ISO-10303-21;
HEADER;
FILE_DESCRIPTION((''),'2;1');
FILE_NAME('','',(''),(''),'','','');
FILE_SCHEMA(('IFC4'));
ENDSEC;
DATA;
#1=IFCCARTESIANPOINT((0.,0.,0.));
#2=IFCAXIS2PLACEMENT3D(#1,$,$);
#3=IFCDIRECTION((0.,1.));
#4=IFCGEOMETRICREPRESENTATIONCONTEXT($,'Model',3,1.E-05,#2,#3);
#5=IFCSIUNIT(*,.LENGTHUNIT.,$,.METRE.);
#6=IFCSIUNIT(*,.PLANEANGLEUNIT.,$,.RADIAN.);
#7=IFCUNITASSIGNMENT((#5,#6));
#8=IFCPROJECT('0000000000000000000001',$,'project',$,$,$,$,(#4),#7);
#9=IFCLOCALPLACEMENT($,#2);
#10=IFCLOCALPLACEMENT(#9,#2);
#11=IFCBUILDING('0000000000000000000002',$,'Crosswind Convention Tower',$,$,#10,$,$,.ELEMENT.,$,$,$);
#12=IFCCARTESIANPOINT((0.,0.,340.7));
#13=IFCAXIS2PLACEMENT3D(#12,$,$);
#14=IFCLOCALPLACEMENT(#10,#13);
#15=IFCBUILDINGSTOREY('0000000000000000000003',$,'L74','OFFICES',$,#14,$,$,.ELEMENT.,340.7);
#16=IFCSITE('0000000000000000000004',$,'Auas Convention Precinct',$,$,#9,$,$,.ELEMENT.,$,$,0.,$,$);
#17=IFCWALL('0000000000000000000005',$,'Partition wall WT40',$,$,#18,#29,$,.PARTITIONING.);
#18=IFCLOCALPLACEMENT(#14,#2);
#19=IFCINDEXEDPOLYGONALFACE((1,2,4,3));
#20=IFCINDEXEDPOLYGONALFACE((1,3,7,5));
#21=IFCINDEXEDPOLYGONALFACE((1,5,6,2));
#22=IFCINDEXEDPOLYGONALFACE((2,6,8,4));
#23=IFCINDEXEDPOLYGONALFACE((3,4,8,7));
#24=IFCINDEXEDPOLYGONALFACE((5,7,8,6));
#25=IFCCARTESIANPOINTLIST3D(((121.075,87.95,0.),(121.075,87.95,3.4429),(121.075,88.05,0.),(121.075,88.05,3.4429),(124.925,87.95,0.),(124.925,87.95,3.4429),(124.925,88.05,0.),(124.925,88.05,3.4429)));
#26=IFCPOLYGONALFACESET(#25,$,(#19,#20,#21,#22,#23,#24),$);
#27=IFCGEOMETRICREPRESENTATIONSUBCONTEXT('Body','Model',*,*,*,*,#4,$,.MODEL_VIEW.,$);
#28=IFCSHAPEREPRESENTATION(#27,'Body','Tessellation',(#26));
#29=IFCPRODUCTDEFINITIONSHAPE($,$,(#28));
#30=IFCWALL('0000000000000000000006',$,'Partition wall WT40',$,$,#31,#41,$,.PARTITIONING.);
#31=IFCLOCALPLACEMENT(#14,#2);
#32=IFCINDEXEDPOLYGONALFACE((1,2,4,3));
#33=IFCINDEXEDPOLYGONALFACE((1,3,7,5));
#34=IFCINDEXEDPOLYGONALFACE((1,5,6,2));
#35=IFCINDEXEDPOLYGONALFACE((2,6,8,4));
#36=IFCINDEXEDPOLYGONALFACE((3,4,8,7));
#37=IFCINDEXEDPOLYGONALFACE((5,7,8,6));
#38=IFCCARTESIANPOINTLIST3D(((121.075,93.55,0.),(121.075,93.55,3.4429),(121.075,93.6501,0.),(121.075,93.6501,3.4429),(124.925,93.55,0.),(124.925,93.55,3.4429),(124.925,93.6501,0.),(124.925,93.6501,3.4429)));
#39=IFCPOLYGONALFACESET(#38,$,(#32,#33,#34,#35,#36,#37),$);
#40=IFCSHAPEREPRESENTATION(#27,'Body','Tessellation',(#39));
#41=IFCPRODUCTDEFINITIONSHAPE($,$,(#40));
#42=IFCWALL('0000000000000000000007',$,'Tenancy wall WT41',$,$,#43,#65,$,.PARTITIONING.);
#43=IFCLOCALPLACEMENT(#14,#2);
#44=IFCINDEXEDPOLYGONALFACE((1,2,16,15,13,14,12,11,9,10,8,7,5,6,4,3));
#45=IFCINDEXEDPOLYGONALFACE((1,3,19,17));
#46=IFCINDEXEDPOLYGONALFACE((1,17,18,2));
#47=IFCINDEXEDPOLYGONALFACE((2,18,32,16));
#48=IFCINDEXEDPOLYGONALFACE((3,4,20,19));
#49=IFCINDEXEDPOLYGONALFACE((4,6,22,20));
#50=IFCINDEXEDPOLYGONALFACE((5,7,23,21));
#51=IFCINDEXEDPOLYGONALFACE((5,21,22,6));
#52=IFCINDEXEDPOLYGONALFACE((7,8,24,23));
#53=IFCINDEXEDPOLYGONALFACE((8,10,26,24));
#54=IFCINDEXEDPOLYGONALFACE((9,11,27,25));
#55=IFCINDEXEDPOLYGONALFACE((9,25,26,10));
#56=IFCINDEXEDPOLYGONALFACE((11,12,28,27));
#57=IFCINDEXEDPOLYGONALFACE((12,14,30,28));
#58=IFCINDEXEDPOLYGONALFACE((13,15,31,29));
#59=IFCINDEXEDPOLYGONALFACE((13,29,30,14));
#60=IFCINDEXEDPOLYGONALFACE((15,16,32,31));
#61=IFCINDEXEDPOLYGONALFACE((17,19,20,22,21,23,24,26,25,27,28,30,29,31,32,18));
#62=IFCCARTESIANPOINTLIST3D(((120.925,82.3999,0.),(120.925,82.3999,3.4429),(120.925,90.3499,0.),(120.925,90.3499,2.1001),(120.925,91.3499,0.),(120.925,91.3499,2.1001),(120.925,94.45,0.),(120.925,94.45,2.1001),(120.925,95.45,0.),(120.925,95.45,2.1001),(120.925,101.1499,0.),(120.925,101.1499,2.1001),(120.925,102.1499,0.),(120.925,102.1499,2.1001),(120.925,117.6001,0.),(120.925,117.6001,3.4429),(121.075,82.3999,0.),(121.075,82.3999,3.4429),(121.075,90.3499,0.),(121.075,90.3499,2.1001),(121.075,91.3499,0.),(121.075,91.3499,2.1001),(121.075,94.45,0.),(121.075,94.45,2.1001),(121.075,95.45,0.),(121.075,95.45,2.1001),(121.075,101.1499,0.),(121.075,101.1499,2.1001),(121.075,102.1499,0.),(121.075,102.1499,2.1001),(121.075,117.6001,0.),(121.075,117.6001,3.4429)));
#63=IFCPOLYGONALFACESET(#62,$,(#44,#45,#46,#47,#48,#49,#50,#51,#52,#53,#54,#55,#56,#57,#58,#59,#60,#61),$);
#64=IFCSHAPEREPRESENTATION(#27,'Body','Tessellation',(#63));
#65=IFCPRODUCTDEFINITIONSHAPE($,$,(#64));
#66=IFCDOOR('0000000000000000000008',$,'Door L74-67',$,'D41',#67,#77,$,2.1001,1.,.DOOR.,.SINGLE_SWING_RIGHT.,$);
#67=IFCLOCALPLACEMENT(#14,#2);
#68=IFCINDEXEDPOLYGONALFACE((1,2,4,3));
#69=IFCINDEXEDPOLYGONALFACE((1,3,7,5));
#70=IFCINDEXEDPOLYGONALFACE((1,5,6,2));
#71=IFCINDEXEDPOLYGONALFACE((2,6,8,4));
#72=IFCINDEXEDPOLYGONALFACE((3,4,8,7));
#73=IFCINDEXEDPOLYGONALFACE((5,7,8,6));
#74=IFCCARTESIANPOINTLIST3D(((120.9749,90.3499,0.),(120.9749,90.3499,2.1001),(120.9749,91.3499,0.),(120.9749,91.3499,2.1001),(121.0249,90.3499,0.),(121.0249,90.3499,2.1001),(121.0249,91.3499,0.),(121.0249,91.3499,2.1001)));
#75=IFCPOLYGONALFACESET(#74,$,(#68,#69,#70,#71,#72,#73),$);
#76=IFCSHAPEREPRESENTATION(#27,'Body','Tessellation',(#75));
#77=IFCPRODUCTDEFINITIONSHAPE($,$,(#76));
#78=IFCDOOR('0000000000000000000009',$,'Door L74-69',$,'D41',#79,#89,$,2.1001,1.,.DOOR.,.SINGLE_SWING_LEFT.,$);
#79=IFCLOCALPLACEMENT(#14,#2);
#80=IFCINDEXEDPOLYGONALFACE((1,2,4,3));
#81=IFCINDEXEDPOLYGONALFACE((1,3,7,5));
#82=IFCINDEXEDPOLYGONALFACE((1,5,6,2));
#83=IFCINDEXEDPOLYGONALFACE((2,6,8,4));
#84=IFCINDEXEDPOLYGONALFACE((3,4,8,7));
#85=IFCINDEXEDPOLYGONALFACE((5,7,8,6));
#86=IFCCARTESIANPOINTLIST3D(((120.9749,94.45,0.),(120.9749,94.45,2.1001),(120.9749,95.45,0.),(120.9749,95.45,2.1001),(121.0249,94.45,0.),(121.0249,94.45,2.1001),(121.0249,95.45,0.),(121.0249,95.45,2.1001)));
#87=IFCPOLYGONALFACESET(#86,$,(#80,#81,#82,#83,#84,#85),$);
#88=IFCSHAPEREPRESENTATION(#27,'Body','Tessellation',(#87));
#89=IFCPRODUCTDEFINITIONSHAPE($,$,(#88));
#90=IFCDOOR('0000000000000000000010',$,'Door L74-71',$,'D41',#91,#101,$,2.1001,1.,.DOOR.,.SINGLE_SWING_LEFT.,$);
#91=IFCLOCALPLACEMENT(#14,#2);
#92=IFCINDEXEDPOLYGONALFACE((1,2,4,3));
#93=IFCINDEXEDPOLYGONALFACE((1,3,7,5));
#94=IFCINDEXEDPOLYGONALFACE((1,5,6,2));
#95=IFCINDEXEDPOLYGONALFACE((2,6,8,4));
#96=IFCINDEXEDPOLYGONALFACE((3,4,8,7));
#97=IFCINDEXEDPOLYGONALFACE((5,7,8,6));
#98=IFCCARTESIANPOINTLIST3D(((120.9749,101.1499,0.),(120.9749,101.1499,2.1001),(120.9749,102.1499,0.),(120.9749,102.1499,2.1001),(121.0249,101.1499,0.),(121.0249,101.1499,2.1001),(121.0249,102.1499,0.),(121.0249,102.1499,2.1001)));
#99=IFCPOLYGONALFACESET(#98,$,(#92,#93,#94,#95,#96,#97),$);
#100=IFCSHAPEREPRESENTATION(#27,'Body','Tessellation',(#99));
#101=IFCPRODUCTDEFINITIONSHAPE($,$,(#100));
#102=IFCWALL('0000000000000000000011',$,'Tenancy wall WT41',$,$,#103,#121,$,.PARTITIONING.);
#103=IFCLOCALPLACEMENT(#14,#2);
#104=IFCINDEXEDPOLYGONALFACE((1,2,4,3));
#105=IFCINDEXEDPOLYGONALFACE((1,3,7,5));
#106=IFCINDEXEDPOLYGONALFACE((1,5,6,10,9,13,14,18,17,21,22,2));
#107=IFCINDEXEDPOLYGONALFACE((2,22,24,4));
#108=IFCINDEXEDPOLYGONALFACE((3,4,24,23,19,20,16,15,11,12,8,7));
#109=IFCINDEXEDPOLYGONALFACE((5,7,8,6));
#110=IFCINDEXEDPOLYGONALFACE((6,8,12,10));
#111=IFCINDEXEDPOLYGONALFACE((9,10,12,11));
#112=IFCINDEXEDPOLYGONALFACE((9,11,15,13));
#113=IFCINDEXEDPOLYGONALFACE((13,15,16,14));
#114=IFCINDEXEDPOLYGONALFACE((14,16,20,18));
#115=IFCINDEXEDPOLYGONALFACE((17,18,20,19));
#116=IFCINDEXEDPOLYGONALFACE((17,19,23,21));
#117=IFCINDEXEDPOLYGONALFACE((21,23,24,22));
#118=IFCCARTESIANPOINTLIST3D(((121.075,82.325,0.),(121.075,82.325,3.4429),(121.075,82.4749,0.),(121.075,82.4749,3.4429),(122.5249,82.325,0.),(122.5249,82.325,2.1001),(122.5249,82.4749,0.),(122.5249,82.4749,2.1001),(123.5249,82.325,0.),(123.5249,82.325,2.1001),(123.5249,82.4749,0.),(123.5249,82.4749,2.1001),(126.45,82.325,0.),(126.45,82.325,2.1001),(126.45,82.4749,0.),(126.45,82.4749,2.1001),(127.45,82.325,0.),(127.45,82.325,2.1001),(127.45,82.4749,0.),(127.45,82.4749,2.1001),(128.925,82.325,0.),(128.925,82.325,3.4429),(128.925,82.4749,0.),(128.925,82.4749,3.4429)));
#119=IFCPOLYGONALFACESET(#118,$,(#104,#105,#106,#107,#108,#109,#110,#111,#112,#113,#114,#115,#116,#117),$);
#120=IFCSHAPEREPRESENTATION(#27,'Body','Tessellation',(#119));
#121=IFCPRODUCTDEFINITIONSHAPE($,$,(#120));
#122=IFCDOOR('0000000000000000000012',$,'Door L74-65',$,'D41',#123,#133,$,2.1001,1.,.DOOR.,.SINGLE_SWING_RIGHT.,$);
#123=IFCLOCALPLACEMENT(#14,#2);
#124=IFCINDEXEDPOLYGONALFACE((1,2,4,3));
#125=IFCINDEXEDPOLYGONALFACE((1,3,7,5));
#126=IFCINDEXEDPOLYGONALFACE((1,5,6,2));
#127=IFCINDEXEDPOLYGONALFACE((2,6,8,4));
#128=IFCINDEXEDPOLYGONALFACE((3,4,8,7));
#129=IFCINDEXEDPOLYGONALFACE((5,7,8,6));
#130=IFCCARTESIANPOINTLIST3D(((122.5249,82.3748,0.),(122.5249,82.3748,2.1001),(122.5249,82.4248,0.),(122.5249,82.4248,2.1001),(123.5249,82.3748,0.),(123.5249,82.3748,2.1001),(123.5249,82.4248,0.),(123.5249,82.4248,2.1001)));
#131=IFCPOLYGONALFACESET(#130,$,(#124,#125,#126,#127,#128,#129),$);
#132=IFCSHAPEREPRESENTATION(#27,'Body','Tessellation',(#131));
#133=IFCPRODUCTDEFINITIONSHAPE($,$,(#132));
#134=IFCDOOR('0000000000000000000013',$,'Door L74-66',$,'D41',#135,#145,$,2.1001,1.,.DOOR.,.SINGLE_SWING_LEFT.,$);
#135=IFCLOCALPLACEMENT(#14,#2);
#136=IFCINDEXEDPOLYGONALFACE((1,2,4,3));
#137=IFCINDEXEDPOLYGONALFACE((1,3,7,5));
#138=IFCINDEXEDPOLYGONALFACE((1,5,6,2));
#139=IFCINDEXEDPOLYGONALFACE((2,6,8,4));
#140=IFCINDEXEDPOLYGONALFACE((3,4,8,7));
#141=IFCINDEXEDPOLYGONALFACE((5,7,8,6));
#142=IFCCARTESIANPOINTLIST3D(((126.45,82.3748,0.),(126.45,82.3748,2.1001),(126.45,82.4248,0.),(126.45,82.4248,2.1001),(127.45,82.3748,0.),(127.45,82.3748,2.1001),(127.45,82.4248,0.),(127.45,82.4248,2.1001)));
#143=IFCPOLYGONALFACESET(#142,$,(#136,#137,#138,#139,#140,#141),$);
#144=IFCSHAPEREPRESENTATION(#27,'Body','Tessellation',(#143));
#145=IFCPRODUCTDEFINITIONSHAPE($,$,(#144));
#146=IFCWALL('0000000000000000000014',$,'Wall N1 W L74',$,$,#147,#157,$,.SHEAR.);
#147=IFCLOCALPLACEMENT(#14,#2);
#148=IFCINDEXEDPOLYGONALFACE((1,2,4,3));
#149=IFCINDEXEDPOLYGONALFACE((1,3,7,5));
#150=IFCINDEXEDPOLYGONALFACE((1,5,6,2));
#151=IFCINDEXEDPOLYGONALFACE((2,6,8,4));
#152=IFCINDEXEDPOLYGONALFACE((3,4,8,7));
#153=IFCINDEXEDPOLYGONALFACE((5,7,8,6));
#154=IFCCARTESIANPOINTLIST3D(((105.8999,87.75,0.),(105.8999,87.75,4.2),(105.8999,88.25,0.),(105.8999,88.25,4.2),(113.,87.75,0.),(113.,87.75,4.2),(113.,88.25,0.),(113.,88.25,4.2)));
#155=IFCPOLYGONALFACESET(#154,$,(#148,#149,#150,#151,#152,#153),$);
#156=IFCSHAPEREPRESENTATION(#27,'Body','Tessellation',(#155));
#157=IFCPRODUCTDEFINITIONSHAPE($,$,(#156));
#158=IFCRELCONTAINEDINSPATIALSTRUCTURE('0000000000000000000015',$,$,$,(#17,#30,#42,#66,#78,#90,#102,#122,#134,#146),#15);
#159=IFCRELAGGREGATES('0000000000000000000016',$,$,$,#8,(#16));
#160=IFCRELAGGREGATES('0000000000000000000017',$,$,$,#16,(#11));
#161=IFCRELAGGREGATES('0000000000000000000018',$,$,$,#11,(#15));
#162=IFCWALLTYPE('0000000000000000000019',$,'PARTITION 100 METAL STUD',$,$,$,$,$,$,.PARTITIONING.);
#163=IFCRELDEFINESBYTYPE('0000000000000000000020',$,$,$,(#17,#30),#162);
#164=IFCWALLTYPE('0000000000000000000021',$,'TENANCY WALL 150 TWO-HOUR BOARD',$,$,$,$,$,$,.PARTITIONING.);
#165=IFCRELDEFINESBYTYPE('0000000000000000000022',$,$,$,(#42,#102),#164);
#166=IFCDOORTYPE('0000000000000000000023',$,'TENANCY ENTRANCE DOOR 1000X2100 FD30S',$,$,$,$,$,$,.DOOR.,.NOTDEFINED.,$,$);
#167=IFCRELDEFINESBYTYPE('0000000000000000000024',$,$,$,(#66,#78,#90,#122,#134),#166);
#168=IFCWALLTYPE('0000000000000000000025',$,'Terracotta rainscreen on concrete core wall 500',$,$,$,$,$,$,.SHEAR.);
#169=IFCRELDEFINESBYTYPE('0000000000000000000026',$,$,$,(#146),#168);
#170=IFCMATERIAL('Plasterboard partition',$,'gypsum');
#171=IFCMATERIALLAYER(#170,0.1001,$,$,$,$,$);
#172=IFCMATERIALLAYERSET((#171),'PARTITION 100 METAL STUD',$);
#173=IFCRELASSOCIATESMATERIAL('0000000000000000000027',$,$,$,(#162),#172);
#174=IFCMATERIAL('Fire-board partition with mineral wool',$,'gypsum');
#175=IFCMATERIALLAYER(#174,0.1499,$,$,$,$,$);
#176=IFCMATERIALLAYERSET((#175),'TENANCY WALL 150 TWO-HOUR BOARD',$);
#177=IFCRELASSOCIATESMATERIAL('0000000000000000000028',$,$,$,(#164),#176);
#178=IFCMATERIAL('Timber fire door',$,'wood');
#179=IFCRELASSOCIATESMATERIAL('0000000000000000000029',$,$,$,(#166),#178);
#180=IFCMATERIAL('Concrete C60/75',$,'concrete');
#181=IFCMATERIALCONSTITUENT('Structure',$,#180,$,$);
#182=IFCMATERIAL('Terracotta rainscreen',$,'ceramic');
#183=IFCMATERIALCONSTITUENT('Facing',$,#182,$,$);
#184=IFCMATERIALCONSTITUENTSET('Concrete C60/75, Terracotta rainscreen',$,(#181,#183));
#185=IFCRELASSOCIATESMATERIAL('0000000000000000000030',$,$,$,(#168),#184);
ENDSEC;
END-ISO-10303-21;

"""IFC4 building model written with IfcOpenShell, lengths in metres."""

from ifc_helpers import new_model, si_unit, direction, frame, frame_2d, origin, place, context, subcontext, project, spatial, rectangle, extrude, material, layer, layer_set, constituent, constituent_set, type_object, element, fill, save


model = new_model("IFC4")

# Units and contexts
model_context = context("Model", 3, precision=1e-05, world=origin(), true_north=direction((0.0, 1.0)))
body_context = subcontext(model_context, "Body", "Model", "MODEL_VIEW")
ifc_project = project(units=[si_unit("LENGTHUNIT", "METRE"), si_unit("PLANEANGLEUNIT", "RADIAN")], contexts=[model_context])

# Site, building, storey
site_placement = place(None, origin())
site = spatial("IfcSite", under=ifc_project, at=site_placement, Name="Auas Convention Precinct", CompositionType="ELEMENT", RefElevation=0.0)
building_placement = place(site_placement, origin())
building = spatial("IfcBuilding", under=site, at=building_placement, Name="Crosswind Convention Tower", CompositionType="ELEMENT")
storey_placement = place(building_placement, frame((0.0, 0.0, 340.7)))
storey = spatial("IfcBuildingStorey", under=building, at=storey_placement, Name="L74", Description="OFFICES", CompositionType="ELEMENT", Elevation=340.7)

# Shared definitions
ifc_material_1 = material(Name="Concrete C60/75", Category="concrete")

# Walls
ifc_material_2 = material(Name="Plasterboard partition", Category="gypsum")
ifc_layer_1 = layer(ifc_material_2, 0.1001)
ifc_layer_set_1 = layer_set([ifc_layer_1], Name="PARTITION 100 METAL STUD")
wall_type_1 = type_object("IfcWallType", Name="PARTITION 100 METAL STUD", PredefinedType="PARTITIONING", material=ifc_layer_set_1)
for number, where, z_axis, x_axis, name in (
    (1, (121.075, 88.0, 0.0), (0.0, 0.0, 1.0), (1.0, 0.0, 0.0), "Partition wall WT40"),
    (2, (121.075, 93.6001, 0.0), (0.0, 0.0, 1.0), (1.0, 0.0, 0.0), "Partition wall WT40"),
):
    element("IfcWall", number, at=place(storey_placement, frame(where, z_axis=z_axis, x_axis=x_axis)), inside=storey, type_object=wall_type_1, Name=name, PredefinedType="PARTITIONING", context=body_context, shape_type="SweptSolid", body=[
        extrude(rectangle(XDim=3.8501, YDim=0.1001, at=frame_2d((1.925, 0.0))), origin(), (0.0, 0.0, 1.0), 3.4429),
    ])

# Walls, openings, doors
ifc_material_3 = material(Name="Fire-board partition with mineral wool", Category="gypsum")
ifc_layer_2 = layer(ifc_material_3, 0.1499)
ifc_layer_set_2 = layer_set([ifc_layer_2], Name="TENANCY WALL 150 TWO-HOUR BOARD")
wall_type_2 = type_object("IfcWallType", Name="TENANCY WALL 150 TWO-HOUR BOARD", PredefinedType="PARTITIONING", material=ifc_layer_set_2)
wall_1_placement = place(storey_placement, frame((121.0, 82.3999, 0.0), z_axis=(0.0, 0.0, 1.0), x_axis=(0.0, 1.0, 0.0)))
wall_1 = element("IfcWall", 3, at=wall_1_placement, inside=storey, type_object=wall_type_2, Name="Tenancy wall WT41", PredefinedType="PARTITIONING", context=body_context, shape_type="SweptSolid", body=[
    extrude(rectangle(XDim=35.2002, YDim=0.1499, at=frame_2d((17.6001, 0.0))), origin(), (0.0, 0.0, 1.0), 3.4429),
])
opening_1_placement = place(wall_1_placement, frame((7.95, 0.0, 0.0)))
opening_1 = element("IfcOpeningElement", 4, at=opening_1_placement, cuts=wall_1, PredefinedType="OPENING", context=body_context, shape_type="SweptSolid", body=[
    extrude(rectangle(XDim=1.0, YDim=2.1001, at=frame_2d((0.5, 1.05))), frame((0.0, 0.085, 0.0), z_axis=(0.0, -1.0, 0.0), x_axis=(1.0, 0.0, 0.0)), (0.0, 0.0, 1.0), 0.1699),
])
opening_2_placement = place(wall_1_placement, frame((12.05, 0.0, 0.0)))
opening_2 = element("IfcOpeningElement", 5, at=opening_2_placement, cuts=wall_1, PredefinedType="OPENING", context=body_context, shape_type="SweptSolid", body=[
    extrude(rectangle(XDim=1.0, YDim=2.1001, at=frame_2d((0.5, 1.05))), frame((0.0, 0.085, 0.0), z_axis=(0.0, -1.0, 0.0), x_axis=(1.0, 0.0, 0.0)), (0.0, 0.0, 1.0), 0.1699),
])
opening_3_placement = place(wall_1_placement, frame((18.75, 0.0, 0.0)))
opening_3 = element("IfcOpeningElement", 6, at=opening_3_placement, cuts=wall_1, PredefinedType="OPENING", context=body_context, shape_type="SweptSolid", body=[
    extrude(rectangle(XDim=1.0, YDim=2.1001, at=frame_2d((0.5, 1.05))), frame((0.0, 0.085, 0.0), z_axis=(0.0, -1.0, 0.0), x_axis=(1.0, 0.0, 0.0)), (0.0, 0.0, 1.0), 0.1699),
])
ifc_material_4 = material(Name="Timber fire door", Category="wood")
door_type = type_object("IfcDoorType", Name="TENANCY ENTRANCE DOOR 1000X2100 FD30S", OperationType="NOTDEFINED", PredefinedType="DOOR", material=ifc_material_4)
door_1_placement = place(opening_1_placement, frame((1.0, 0.0, 0.0), z_axis=(0.0, 0.0, 1.0), x_axis=(-1.0, 0.0, 0.0)))
door_1 = element("IfcDoor", 7, at=door_1_placement, inside=storey, type_object=door_type, Name="Door L74-67", ObjectType="D41", OperationType="SINGLE_SWING_RIGHT", OverallHeight=2.1001, OverallWidth=1.0, PredefinedType="DOOR", context=body_context, shape_type="SweptSolid", body=[
    extrude(rectangle(XDim=1.0, YDim=2.1001, at=frame_2d((0.5, 1.05))), frame((0.0, 0.0249, 0.0), z_axis=(0.0, -1.0, 0.0), x_axis=(1.0, 0.0, 0.0)), (0.0, 0.0, 1.0), 0.05),
])
fill(opening_1, door_1)
door_2_placement = place(opening_2_placement, frame((1.0, 0.0, 0.0), z_axis=(0.0, 0.0, 1.0), x_axis=(-1.0, 0.0, 0.0)))
door_2 = element("IfcDoor", 8, at=door_2_placement, inside=storey, type_object=door_type, Name="Door L74-69", ObjectType="D41", OperationType="SINGLE_SWING_LEFT", OverallHeight=2.1001, OverallWidth=1.0, PredefinedType="DOOR", context=body_context, shape_type="SweptSolid", body=[
    extrude(rectangle(XDim=1.0, YDim=2.1001, at=frame_2d((0.5, 1.05))), frame((0.0, 0.0249, 0.0), z_axis=(0.0, -1.0, 0.0), x_axis=(1.0, 0.0, 0.0)), (0.0, 0.0, 1.0), 0.05),
])
fill(opening_2, door_2)
door_3_placement = place(opening_3_placement, frame((1.0, 0.0, 0.0), z_axis=(0.0, 0.0, 1.0), x_axis=(-1.0, 0.0, 0.0)))
door_3 = element("IfcDoor", 9, at=door_3_placement, inside=storey, type_object=door_type, Name="Door L74-71", ObjectType="D41", OperationType="SINGLE_SWING_LEFT", OverallHeight=2.1001, OverallWidth=1.0, PredefinedType="DOOR", context=body_context, shape_type="SweptSolid", body=[
    extrude(rectangle(XDim=1.0, YDim=2.1001, at=frame_2d((0.5, 1.05))), frame((0.0, 0.0249, 0.0), z_axis=(0.0, -1.0, 0.0), x_axis=(1.0, 0.0, 0.0)), (0.0, 0.0, 1.0), 0.05),
])
fill(opening_3, door_3)
wall_2_placement = place(storey_placement, frame((121.075, 82.3999, 0.0), z_axis=(0.0, 0.0, 1.0), x_axis=(1.0, 0.0, 0.0)))
wall_2 = element("IfcWall", 10, at=wall_2_placement, inside=storey, type_object=wall_type_2, Name="Tenancy wall WT41", PredefinedType="PARTITIONING", context=body_context, shape_type="SweptSolid", body=[
    extrude(rectangle(XDim=7.8501, YDim=0.1499, at=frame_2d((3.925, 0.0))), origin(), (0.0, 0.0, 1.0), 3.4429),
])
opening_4_placement = place(wall_2_placement, frame((1.45, 0.0, 0.0)))
opening_4 = element("IfcOpeningElement", 11, at=opening_4_placement, cuts=wall_2, PredefinedType="OPENING", context=body_context, shape_type="SweptSolid", body=[
    extrude(rectangle(XDim=1.0, YDim=2.1001, at=frame_2d((0.5, 1.05))), frame((0.0, 0.085, 0.0), z_axis=(0.0, -1.0, 0.0), x_axis=(1.0, 0.0, 0.0)), (0.0, 0.0, 1.0), 0.1699),
])
opening_5_placement = place(wall_2_placement, frame((5.375, 0.0, 0.0)))
opening_5 = element("IfcOpeningElement", 12, at=opening_5_placement, cuts=wall_2, PredefinedType="OPENING", context=body_context, shape_type="SweptSolid", body=[
    extrude(rectangle(XDim=1.0, YDim=2.1001, at=frame_2d((0.5, 1.05))), frame((0.0, 0.085, 0.0), z_axis=(0.0, -1.0, 0.0), x_axis=(1.0, 0.0, 0.0)), (0.0, 0.0, 1.0), 0.1699),
])
door_4_placement = place(opening_4_placement, origin())
door_4 = element("IfcDoor", 13, at=door_4_placement, inside=storey, type_object=door_type, Name="Door L74-65", ObjectType="D41", OperationType="SINGLE_SWING_RIGHT", OverallHeight=2.1001, OverallWidth=1.0, PredefinedType="DOOR", context=body_context, shape_type="SweptSolid", body=[
    extrude(rectangle(XDim=1.0, YDim=2.1001, at=frame_2d((0.5, 1.05))), frame((0.0, 0.0249, 0.0), z_axis=(0.0, -1.0, 0.0), x_axis=(1.0, 0.0, 0.0)), (0.0, 0.0, 1.0), 0.05),
])
fill(opening_4, door_4)
door_5_placement = place(opening_5_placement, origin())
door_5 = element("IfcDoor", 14, at=door_5_placement, inside=storey, type_object=door_type, Name="Door L74-66", ObjectType="D41", OperationType="SINGLE_SWING_LEFT", OverallHeight=2.1001, OverallWidth=1.0, PredefinedType="DOOR", context=body_context, shape_type="SweptSolid", body=[
    extrude(rectangle(XDim=1.0, YDim=2.1001, at=frame_2d((0.5, 1.05))), frame((0.0, 0.0249, 0.0), z_axis=(0.0, -1.0, 0.0), x_axis=(1.0, 0.0, 0.0)), (0.0, 0.0, 1.0), 0.05),
])
fill(opening_5, door_5)

# Wall
ifc_constituent_1 = constituent(ifc_material_1, Name="Structure")
ifc_material_5 = material(Name="Terracotta rainscreen", Category="ceramic")
ifc_constituent_2 = constituent(ifc_material_5, Name="Facing")
ifc_constituent_set = constituent_set(constituents=[ifc_constituent_1, ifc_constituent_2], Name="Concrete C60/75, Terracotta rainscreen")
wall_type_3 = type_object("IfcWallType", Name="Terracotta rainscreen on concrete core wall 500", PredefinedType="SHEAR", material=ifc_constituent_set)
wall_3_placement = place(storey_placement, frame((113.0, 88.0, 0.0), z_axis=(0.0, 0.0, 1.0), x_axis=(-1.0, 0.0, 0.0)))
element("IfcWall", 15, at=wall_3_placement, inside=storey, type_object=wall_type_3, Name="Wall N1 W L74", PredefinedType="SHEAR", context=body_context, shape_type="SweptSolid", body=[
    extrude(rectangle(XDim=7.1001, YDim=0.5, at=frame_2d((3.55, 0.0))), origin(), (0.0, 0.0, 1.0), 4.2),
])

save(model, "model.ifc")
